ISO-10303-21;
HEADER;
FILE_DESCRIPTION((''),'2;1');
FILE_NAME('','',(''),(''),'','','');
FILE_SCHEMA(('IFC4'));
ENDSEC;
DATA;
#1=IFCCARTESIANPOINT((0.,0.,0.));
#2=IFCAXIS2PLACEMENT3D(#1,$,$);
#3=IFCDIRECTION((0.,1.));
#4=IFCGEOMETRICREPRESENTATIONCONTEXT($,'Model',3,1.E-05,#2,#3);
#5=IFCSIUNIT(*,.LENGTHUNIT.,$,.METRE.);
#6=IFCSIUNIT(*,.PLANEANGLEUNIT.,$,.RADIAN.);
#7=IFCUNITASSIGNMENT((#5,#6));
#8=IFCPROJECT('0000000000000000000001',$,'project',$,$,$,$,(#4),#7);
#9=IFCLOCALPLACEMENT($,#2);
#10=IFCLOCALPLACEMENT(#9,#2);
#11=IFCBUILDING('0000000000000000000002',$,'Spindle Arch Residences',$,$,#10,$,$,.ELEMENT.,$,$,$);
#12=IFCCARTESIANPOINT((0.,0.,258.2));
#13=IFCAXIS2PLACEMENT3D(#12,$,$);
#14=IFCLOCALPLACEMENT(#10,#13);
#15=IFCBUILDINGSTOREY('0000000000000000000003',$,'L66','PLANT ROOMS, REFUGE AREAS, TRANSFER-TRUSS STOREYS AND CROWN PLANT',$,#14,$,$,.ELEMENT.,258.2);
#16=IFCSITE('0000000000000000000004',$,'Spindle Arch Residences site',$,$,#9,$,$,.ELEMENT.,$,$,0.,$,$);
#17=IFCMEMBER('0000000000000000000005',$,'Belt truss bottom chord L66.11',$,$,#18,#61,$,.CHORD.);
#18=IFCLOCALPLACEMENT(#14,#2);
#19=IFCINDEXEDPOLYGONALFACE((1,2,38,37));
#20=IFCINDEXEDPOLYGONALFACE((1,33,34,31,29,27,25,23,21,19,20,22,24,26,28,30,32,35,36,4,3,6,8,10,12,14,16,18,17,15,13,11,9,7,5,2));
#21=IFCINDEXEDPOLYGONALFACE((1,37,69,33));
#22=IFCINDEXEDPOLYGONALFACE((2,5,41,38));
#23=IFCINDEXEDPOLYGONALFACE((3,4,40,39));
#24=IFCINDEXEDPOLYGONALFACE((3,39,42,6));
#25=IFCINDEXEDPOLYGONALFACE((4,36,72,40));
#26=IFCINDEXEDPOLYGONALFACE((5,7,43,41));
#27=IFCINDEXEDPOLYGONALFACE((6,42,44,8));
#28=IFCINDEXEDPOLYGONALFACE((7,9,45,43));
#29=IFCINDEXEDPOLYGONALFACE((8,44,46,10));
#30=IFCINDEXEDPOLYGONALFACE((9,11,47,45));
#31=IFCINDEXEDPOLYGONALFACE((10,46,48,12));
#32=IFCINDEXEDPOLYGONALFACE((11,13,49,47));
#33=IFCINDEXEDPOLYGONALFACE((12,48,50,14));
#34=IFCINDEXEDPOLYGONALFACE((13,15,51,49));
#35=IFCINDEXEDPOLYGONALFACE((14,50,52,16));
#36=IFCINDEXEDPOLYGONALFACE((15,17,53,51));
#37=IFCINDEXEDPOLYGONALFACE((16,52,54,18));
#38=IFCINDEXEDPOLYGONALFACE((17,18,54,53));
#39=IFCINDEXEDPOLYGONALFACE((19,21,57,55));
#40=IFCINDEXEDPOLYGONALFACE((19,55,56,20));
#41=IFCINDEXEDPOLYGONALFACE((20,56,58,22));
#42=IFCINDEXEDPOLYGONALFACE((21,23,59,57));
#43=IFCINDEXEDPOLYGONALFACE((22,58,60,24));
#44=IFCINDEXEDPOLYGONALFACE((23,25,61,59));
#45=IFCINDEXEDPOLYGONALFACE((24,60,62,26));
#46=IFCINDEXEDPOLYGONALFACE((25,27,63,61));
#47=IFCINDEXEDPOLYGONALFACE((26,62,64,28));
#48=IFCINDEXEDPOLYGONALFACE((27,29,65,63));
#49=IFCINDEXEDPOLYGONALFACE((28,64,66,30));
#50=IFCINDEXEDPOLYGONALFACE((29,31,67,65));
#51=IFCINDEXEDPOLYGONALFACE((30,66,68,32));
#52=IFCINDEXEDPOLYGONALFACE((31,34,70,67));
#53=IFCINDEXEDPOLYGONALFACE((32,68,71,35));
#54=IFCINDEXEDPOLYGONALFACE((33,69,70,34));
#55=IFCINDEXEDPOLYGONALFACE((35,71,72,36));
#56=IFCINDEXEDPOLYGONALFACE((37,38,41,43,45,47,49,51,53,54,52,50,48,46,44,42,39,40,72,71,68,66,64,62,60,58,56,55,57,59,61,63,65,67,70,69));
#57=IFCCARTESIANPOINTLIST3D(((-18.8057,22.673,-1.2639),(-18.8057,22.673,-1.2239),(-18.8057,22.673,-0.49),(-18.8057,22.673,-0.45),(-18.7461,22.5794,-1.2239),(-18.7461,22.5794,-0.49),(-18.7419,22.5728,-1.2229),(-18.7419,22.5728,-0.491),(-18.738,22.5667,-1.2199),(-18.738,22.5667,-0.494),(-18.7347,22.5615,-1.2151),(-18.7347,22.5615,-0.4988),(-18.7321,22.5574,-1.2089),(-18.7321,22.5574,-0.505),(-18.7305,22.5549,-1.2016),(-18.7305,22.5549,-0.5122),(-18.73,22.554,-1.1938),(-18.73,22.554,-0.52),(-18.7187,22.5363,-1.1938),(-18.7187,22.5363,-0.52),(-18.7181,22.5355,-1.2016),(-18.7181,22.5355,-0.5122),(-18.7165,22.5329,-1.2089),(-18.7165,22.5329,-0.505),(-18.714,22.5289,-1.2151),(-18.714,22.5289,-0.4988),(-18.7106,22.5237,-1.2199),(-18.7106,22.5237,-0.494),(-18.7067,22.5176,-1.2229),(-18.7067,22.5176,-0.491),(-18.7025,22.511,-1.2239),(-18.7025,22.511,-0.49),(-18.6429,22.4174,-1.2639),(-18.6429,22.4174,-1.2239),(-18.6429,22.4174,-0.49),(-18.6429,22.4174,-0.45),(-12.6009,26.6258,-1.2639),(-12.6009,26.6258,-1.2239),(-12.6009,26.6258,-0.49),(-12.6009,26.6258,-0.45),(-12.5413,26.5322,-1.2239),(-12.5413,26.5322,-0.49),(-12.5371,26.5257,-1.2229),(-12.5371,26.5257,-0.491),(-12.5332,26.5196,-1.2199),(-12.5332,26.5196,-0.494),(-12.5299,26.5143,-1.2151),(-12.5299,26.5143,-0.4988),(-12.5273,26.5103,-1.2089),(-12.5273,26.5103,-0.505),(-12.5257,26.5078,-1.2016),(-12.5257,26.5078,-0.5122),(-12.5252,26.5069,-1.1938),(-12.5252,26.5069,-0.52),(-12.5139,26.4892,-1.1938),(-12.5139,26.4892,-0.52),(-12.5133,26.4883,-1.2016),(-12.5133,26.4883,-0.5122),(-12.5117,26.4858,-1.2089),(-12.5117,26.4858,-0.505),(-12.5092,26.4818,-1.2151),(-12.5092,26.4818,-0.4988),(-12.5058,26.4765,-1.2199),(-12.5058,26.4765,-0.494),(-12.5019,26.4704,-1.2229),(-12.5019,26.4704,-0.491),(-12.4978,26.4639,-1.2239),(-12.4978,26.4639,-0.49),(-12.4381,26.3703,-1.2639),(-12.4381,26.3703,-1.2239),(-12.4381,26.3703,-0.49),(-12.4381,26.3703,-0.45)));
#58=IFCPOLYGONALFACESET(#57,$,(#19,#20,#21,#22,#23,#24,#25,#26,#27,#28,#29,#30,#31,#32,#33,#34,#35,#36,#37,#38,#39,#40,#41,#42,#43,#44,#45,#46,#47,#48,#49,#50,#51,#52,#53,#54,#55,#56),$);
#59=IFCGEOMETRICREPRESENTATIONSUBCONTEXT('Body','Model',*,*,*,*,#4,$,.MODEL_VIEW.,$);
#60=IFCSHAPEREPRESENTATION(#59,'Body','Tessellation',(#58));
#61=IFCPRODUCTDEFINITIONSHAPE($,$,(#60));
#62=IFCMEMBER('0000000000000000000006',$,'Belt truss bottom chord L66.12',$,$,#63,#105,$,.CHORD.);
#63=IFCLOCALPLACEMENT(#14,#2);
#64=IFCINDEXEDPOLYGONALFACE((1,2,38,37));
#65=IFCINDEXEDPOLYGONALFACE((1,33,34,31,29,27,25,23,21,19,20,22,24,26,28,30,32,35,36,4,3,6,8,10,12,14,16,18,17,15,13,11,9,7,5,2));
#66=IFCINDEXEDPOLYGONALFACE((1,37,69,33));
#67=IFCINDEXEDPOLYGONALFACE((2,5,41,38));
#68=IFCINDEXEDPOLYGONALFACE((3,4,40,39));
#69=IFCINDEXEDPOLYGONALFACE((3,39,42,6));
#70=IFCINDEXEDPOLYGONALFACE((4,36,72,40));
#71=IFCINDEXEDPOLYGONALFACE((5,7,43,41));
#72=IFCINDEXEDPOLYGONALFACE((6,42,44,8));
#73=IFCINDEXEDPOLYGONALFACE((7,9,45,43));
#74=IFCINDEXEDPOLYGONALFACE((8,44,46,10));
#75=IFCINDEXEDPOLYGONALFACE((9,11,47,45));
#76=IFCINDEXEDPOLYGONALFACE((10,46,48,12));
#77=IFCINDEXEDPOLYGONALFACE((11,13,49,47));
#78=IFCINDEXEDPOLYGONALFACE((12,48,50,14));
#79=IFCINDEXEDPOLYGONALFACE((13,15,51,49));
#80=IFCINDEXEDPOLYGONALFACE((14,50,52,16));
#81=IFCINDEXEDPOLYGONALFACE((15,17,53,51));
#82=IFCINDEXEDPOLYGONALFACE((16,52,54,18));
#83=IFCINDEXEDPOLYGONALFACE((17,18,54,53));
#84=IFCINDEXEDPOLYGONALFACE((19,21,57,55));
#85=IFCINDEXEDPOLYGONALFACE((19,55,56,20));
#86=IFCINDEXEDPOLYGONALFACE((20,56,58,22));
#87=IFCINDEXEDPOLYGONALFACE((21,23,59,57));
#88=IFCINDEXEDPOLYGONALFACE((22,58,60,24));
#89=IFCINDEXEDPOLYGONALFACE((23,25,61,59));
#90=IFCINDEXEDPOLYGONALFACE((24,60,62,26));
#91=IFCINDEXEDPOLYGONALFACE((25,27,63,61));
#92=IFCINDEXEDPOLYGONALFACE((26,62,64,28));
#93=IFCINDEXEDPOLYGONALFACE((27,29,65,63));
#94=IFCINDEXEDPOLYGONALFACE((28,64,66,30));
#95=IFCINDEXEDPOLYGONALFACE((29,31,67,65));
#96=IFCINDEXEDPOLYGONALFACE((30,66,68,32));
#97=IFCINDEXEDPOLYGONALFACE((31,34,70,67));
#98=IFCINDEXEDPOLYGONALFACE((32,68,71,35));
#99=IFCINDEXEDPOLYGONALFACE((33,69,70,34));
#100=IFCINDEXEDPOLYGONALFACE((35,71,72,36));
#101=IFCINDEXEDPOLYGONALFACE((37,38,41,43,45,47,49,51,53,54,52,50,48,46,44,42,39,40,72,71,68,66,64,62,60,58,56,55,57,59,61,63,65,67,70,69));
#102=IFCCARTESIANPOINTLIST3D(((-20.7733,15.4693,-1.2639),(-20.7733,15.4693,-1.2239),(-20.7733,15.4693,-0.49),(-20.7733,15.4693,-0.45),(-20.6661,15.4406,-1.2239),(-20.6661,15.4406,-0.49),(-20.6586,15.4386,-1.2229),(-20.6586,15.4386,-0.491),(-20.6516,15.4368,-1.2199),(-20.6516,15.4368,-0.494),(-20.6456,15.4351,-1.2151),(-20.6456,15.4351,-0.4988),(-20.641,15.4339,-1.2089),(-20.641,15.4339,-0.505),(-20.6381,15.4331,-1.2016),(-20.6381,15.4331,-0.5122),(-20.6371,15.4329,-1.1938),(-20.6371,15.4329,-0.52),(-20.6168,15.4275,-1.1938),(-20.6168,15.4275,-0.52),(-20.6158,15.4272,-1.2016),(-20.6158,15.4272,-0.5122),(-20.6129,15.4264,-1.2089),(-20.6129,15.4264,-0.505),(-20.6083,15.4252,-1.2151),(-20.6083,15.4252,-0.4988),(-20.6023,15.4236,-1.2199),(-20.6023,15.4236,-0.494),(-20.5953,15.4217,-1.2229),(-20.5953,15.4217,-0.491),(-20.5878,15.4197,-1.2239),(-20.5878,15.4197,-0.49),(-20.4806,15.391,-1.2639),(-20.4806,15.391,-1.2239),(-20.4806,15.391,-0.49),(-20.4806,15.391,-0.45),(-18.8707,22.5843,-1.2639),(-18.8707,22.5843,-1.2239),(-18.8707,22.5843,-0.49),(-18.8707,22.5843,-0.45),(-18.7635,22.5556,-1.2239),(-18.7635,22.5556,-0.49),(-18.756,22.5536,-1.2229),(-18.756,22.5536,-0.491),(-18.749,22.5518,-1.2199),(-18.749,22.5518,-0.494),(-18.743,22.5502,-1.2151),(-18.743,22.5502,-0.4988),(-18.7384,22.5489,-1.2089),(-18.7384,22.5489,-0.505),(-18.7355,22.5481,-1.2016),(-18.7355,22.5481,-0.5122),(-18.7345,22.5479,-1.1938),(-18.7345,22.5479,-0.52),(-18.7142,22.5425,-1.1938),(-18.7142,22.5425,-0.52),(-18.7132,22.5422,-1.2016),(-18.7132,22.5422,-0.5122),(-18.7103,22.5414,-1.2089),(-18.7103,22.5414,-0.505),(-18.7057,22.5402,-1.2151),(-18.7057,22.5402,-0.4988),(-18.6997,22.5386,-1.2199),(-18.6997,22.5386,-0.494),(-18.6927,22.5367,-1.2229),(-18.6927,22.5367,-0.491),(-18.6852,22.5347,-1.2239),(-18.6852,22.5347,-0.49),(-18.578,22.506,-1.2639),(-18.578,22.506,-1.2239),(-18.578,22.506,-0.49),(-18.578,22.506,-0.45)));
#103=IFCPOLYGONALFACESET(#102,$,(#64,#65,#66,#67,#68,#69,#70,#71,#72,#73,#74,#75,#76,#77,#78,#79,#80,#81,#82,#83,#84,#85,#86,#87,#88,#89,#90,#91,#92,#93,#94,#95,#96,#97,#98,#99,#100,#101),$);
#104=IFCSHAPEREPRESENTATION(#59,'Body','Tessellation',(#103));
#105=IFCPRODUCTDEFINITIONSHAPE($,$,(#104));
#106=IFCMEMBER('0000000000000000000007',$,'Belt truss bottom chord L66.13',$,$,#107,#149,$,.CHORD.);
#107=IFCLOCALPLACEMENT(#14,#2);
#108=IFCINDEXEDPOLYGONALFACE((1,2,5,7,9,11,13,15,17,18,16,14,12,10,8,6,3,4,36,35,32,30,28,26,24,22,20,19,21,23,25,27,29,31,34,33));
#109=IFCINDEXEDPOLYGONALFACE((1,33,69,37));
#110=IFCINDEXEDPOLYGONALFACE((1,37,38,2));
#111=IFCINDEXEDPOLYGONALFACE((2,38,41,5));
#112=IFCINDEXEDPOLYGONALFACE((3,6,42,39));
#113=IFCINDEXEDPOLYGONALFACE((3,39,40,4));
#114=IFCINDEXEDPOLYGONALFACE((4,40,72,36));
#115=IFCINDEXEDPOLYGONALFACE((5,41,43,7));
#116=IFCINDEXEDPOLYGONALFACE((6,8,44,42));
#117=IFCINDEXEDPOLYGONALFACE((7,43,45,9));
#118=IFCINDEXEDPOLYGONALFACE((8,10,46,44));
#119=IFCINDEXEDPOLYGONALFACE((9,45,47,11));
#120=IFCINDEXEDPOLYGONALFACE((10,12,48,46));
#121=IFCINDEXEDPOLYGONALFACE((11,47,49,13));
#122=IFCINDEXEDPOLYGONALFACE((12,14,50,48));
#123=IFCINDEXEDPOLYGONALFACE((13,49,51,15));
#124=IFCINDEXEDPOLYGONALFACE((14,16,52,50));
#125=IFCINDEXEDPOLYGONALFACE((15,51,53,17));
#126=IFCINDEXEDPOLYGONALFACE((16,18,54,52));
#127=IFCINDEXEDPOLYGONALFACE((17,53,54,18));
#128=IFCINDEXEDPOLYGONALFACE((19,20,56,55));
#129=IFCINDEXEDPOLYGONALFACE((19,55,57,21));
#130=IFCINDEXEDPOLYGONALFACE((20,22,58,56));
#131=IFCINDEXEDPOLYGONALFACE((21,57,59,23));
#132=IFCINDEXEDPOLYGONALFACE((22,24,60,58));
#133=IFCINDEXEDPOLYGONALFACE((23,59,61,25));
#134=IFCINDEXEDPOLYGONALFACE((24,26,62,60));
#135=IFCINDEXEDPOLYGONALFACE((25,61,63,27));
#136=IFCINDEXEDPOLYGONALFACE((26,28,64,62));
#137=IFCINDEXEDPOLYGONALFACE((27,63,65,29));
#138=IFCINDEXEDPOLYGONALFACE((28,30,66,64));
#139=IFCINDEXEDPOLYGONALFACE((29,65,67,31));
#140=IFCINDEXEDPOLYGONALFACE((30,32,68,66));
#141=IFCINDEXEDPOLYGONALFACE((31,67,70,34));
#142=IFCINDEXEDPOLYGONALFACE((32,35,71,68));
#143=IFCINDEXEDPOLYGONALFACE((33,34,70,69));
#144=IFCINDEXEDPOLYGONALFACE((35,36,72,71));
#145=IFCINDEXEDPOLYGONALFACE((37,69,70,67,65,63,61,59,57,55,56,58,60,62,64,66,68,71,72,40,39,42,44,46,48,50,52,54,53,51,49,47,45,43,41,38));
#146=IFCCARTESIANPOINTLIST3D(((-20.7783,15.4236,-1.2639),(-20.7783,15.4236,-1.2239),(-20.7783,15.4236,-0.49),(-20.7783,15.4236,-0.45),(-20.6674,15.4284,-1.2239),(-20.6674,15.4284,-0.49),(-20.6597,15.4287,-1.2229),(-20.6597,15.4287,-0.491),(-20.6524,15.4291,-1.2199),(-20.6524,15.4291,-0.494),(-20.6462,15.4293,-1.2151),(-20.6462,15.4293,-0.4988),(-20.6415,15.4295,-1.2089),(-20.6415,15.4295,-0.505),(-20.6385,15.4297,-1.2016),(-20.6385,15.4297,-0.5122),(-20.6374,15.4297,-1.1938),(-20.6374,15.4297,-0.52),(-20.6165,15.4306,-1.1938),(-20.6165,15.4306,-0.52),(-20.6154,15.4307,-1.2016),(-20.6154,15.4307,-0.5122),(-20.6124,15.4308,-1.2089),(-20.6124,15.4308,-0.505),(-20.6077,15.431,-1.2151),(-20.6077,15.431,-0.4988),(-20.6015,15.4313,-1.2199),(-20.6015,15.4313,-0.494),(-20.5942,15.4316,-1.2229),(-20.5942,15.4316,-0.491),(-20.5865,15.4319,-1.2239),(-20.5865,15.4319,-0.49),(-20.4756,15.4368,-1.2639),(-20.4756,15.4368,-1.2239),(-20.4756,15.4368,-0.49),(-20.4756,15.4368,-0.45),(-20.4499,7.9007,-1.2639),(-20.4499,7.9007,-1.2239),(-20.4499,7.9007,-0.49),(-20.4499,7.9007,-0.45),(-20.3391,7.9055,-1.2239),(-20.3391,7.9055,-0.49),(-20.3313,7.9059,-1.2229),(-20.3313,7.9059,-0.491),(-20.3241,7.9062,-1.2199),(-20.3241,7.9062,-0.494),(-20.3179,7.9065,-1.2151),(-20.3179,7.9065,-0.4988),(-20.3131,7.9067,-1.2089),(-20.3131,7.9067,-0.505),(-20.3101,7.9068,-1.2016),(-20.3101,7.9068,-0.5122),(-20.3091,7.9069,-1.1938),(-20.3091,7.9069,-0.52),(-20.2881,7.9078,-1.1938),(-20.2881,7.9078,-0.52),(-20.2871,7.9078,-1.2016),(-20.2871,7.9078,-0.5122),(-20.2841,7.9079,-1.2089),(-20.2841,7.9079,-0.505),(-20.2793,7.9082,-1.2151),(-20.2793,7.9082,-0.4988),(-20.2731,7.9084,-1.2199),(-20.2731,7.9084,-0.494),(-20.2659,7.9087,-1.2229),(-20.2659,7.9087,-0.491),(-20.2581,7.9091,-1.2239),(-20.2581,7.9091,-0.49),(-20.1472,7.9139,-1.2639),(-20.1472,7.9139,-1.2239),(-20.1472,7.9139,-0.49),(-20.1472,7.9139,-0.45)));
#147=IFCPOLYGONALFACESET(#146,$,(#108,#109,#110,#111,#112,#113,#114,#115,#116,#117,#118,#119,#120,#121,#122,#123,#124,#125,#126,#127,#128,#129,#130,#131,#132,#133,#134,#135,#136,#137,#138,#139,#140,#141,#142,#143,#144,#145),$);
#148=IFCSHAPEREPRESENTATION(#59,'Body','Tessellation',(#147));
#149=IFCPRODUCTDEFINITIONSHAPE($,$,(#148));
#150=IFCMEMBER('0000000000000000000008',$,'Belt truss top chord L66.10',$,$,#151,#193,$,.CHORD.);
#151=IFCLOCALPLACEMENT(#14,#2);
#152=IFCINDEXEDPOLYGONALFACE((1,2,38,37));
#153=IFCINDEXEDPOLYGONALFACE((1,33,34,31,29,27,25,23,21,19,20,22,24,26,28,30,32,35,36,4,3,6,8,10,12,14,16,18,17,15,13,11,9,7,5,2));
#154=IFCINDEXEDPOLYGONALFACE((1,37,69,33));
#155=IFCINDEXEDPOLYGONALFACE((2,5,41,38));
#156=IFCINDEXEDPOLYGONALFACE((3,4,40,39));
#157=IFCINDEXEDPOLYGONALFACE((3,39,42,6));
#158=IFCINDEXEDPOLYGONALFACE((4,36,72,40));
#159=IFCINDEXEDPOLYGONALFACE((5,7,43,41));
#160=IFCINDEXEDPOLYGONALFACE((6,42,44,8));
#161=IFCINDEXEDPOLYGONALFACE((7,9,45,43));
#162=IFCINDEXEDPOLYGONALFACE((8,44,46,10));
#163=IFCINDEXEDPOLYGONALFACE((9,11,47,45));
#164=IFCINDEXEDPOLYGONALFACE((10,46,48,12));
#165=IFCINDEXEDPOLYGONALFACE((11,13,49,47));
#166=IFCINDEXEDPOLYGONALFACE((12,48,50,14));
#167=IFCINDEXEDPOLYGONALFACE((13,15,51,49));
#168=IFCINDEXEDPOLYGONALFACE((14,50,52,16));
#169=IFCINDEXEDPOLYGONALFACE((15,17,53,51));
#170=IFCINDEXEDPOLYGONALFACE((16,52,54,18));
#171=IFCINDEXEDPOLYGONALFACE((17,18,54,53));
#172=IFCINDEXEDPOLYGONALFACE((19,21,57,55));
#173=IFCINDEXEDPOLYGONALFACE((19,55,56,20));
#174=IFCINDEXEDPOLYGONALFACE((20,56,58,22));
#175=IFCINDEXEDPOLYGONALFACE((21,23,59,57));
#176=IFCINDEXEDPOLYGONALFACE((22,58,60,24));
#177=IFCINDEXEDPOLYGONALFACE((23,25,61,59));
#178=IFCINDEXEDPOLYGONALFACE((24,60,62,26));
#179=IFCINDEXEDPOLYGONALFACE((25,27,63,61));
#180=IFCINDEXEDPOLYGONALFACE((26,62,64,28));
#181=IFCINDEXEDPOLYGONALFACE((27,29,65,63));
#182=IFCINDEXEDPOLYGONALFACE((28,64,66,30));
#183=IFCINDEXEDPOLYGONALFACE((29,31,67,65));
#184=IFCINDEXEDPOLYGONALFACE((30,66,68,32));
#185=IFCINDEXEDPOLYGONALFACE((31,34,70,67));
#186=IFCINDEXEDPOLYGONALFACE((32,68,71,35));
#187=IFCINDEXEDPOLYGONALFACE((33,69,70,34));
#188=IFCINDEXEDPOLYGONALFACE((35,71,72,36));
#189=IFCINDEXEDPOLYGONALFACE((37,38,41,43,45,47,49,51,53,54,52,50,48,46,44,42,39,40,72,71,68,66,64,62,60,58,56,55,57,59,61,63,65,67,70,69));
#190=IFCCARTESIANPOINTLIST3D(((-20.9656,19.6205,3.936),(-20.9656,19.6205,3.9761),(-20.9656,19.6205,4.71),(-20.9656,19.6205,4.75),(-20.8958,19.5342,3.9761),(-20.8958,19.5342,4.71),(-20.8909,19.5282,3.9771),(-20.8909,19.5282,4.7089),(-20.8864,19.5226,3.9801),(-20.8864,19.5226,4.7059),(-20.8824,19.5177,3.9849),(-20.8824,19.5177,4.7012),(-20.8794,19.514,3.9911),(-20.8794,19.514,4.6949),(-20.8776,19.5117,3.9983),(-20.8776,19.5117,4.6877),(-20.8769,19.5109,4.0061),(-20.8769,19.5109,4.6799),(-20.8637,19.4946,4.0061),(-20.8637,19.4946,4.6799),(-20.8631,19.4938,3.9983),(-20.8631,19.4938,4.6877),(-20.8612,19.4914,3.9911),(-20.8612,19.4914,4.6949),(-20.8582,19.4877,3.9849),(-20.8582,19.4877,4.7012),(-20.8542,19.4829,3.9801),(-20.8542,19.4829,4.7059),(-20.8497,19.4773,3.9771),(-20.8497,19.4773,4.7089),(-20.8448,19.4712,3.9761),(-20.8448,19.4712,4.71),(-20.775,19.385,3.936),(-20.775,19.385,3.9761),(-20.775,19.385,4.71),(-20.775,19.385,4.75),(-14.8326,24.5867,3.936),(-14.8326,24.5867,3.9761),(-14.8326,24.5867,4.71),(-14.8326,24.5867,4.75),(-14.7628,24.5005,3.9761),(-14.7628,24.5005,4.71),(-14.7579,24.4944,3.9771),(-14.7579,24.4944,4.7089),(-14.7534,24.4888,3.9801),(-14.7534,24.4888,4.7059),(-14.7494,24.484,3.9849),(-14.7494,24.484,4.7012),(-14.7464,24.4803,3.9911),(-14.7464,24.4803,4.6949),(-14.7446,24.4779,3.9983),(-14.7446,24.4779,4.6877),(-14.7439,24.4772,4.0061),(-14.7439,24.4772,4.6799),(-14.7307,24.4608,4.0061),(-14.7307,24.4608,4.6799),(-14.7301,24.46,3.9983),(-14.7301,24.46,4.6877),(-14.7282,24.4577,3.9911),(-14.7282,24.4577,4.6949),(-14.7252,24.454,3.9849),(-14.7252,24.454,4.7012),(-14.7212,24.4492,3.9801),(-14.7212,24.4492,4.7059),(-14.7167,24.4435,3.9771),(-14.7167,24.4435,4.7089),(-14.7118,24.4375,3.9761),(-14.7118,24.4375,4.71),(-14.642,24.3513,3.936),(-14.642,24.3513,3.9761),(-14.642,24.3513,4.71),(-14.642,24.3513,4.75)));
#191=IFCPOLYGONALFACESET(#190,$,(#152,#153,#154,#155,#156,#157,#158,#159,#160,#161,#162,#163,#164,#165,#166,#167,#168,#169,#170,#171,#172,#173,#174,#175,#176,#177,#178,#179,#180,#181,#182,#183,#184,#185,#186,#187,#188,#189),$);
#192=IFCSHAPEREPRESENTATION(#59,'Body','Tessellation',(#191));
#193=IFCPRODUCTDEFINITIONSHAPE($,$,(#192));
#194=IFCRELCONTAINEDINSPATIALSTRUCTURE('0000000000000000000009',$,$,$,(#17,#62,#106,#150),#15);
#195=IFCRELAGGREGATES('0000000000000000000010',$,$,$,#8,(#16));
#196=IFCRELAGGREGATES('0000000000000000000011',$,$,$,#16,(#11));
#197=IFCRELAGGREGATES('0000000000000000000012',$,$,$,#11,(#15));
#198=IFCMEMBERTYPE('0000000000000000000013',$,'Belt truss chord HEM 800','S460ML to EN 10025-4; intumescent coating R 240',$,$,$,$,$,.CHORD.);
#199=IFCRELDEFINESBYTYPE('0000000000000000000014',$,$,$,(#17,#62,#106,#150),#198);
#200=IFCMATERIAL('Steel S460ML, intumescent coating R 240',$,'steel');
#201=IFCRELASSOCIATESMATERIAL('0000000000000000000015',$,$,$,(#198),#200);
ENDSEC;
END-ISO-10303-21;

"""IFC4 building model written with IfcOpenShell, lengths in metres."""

from ifc_helpers import new_model, si_unit, direction, frame, origin, origin_2d, place, context, subcontext, project, spatial, i_section, extrude, material, material_profile, profile_set, type_object, element, save


model = new_model("IFC4")

# Units and contexts
model_context = context("Model", 3, precision=1e-05, world=origin(), true_north=direction((0.0, 1.0)))
body_context = subcontext(model_context, "Body", "Model", "MODEL_VIEW")
ifc_project = project(units=[si_unit("LENGTHUNIT", "METRE"), si_unit("PLANEANGLEUNIT", "RADIAN")], contexts=[model_context])

# Site, building, storey
site_placement = place(None, origin())
site = spatial("IfcSite", under=ifc_project, at=site_placement, Name="Spindle Arch Residences site", CompositionType="ELEMENT", RefElevation=0.0)
building_placement = place(site_placement, origin())
building = spatial("IfcBuilding", under=site, at=building_placement, Name="Spindle Arch Residences", CompositionType="ELEMENT")
storey_placement = place(building_placement, frame((0.0, 0.0, 258.2)))
storey = spatial("IfcBuildingStorey", under=building, at=storey_placement, Name="L66", Description="PLANT ROOMS, REFUGE AREAS, TRANSFER-TRUSS STOREYS AND CROWN PLANT", CompositionType="ELEMENT", Elevation=258.2)

# Members
ifc_material_1 = material(Name="Steel S460ML, intumescent coating R 240", Category="steel")
ifc_material_profile_1 = material_profile(ifc_material_1, i_section(OverallWidth=0.303, OverallDepth=0.814, WebThickness=0.021, FlangeThickness=0.04, FilletRadius=0.03, at=origin_2d()), Name="HEM 800")
ifc_profile_set_1 = profile_set([ifc_material_profile_1], Name="Steel S460ML, intumescent coating R 240")
member_type_1 = type_object("IfcMemberType", Name="Belt truss chord HEM 800", Description="S460ML to EN 10025-4; intumescent coating R 240", PredefinedType="CHORD", material=ifc_profile_set_1)
member_1_placement = place(storey_placement, frame((-12.5195, 26.498, -0.8569), z_axis=(-0.843394, -0.537296, 0.0), x_axis=(0.537296, -0.843394, 0.0)))
element("IfcMember", 1, at=member_1_placement, inside=storey, type_object=member_type_1, Name="Belt truss bottom chord L66.11", PredefinedType="CHORD", context=body_context, shape_type="SweptSolid", body=[
    extrude(i_section(OverallWidth=0.303, OverallDepth=0.814, WebThickness=0.021, FlangeThickness=0.04, FilletRadius=0.03, at=origin_2d()), origin(), (0.0, 0.0, 1.0), 7.3569),
])
member_2_placement = place(storey_placement, frame((-18.7244, 22.5452, -0.8569), z_axis=(-0.258329, -0.966057, 0.0), x_axis=(0.966057, -0.258329, 0.0)))
element("IfcMember", 2, at=member_2_placement, inside=storey, type_object=member_type_1, Name="Belt truss bottom chord L66.12", PredefinedType="CHORD", context=body_context, shape_type="SweptSolid", body=[
    extrude(i_section(OverallWidth=0.303, OverallDepth=0.814, WebThickness=0.021, FlangeThickness=0.04, FilletRadius=0.03, at=origin_2d()), origin(), (0.0, 0.0, 1.0), 7.365),
])
member_3_placement = place(storey_placement, frame((-20.627, 15.4302, -0.8569), z_axis=(0.043607, -0.999049, 0.0), x_axis=(0.999049, 0.043607, 0.0)))
element("IfcMember", 3, at=member_3_placement, inside=storey, type_object=member_type_1, Name="Belt truss bottom chord L66.13", PredefinedType="CHORD", context=body_context, shape_type="SweptSolid", body=[
    extrude(i_section(OverallWidth=0.303, OverallDepth=0.814, WebThickness=0.021, FlangeThickness=0.04, FilletRadius=0.03, at=origin_2d()), origin(), (0.0, 0.0, 1.0), 7.53),
])
member_4_placement = place(storey_placement, frame((-14.7373, 24.469, 4.343), z_axis=(-0.777155, -0.629309, 0.0), x_axis=(0.629309, -0.777155, 0.0)))
element("IfcMember", 4, at=member_4_placement, inside=storey, type_object=member_type_1, Name="Belt truss top chord L66.10", PredefinedType="CHORD", context=body_context, shape_type="SweptSolid", body=[
    extrude(i_section(OverallWidth=0.303, OverallDepth=0.814, WebThickness=0.021, FlangeThickness=0.04, FilletRadius=0.03, at=origin_2d()), origin(), (0.0, 0.0, 1.0), 7.8916),
])

save(model, "model.ifc")
